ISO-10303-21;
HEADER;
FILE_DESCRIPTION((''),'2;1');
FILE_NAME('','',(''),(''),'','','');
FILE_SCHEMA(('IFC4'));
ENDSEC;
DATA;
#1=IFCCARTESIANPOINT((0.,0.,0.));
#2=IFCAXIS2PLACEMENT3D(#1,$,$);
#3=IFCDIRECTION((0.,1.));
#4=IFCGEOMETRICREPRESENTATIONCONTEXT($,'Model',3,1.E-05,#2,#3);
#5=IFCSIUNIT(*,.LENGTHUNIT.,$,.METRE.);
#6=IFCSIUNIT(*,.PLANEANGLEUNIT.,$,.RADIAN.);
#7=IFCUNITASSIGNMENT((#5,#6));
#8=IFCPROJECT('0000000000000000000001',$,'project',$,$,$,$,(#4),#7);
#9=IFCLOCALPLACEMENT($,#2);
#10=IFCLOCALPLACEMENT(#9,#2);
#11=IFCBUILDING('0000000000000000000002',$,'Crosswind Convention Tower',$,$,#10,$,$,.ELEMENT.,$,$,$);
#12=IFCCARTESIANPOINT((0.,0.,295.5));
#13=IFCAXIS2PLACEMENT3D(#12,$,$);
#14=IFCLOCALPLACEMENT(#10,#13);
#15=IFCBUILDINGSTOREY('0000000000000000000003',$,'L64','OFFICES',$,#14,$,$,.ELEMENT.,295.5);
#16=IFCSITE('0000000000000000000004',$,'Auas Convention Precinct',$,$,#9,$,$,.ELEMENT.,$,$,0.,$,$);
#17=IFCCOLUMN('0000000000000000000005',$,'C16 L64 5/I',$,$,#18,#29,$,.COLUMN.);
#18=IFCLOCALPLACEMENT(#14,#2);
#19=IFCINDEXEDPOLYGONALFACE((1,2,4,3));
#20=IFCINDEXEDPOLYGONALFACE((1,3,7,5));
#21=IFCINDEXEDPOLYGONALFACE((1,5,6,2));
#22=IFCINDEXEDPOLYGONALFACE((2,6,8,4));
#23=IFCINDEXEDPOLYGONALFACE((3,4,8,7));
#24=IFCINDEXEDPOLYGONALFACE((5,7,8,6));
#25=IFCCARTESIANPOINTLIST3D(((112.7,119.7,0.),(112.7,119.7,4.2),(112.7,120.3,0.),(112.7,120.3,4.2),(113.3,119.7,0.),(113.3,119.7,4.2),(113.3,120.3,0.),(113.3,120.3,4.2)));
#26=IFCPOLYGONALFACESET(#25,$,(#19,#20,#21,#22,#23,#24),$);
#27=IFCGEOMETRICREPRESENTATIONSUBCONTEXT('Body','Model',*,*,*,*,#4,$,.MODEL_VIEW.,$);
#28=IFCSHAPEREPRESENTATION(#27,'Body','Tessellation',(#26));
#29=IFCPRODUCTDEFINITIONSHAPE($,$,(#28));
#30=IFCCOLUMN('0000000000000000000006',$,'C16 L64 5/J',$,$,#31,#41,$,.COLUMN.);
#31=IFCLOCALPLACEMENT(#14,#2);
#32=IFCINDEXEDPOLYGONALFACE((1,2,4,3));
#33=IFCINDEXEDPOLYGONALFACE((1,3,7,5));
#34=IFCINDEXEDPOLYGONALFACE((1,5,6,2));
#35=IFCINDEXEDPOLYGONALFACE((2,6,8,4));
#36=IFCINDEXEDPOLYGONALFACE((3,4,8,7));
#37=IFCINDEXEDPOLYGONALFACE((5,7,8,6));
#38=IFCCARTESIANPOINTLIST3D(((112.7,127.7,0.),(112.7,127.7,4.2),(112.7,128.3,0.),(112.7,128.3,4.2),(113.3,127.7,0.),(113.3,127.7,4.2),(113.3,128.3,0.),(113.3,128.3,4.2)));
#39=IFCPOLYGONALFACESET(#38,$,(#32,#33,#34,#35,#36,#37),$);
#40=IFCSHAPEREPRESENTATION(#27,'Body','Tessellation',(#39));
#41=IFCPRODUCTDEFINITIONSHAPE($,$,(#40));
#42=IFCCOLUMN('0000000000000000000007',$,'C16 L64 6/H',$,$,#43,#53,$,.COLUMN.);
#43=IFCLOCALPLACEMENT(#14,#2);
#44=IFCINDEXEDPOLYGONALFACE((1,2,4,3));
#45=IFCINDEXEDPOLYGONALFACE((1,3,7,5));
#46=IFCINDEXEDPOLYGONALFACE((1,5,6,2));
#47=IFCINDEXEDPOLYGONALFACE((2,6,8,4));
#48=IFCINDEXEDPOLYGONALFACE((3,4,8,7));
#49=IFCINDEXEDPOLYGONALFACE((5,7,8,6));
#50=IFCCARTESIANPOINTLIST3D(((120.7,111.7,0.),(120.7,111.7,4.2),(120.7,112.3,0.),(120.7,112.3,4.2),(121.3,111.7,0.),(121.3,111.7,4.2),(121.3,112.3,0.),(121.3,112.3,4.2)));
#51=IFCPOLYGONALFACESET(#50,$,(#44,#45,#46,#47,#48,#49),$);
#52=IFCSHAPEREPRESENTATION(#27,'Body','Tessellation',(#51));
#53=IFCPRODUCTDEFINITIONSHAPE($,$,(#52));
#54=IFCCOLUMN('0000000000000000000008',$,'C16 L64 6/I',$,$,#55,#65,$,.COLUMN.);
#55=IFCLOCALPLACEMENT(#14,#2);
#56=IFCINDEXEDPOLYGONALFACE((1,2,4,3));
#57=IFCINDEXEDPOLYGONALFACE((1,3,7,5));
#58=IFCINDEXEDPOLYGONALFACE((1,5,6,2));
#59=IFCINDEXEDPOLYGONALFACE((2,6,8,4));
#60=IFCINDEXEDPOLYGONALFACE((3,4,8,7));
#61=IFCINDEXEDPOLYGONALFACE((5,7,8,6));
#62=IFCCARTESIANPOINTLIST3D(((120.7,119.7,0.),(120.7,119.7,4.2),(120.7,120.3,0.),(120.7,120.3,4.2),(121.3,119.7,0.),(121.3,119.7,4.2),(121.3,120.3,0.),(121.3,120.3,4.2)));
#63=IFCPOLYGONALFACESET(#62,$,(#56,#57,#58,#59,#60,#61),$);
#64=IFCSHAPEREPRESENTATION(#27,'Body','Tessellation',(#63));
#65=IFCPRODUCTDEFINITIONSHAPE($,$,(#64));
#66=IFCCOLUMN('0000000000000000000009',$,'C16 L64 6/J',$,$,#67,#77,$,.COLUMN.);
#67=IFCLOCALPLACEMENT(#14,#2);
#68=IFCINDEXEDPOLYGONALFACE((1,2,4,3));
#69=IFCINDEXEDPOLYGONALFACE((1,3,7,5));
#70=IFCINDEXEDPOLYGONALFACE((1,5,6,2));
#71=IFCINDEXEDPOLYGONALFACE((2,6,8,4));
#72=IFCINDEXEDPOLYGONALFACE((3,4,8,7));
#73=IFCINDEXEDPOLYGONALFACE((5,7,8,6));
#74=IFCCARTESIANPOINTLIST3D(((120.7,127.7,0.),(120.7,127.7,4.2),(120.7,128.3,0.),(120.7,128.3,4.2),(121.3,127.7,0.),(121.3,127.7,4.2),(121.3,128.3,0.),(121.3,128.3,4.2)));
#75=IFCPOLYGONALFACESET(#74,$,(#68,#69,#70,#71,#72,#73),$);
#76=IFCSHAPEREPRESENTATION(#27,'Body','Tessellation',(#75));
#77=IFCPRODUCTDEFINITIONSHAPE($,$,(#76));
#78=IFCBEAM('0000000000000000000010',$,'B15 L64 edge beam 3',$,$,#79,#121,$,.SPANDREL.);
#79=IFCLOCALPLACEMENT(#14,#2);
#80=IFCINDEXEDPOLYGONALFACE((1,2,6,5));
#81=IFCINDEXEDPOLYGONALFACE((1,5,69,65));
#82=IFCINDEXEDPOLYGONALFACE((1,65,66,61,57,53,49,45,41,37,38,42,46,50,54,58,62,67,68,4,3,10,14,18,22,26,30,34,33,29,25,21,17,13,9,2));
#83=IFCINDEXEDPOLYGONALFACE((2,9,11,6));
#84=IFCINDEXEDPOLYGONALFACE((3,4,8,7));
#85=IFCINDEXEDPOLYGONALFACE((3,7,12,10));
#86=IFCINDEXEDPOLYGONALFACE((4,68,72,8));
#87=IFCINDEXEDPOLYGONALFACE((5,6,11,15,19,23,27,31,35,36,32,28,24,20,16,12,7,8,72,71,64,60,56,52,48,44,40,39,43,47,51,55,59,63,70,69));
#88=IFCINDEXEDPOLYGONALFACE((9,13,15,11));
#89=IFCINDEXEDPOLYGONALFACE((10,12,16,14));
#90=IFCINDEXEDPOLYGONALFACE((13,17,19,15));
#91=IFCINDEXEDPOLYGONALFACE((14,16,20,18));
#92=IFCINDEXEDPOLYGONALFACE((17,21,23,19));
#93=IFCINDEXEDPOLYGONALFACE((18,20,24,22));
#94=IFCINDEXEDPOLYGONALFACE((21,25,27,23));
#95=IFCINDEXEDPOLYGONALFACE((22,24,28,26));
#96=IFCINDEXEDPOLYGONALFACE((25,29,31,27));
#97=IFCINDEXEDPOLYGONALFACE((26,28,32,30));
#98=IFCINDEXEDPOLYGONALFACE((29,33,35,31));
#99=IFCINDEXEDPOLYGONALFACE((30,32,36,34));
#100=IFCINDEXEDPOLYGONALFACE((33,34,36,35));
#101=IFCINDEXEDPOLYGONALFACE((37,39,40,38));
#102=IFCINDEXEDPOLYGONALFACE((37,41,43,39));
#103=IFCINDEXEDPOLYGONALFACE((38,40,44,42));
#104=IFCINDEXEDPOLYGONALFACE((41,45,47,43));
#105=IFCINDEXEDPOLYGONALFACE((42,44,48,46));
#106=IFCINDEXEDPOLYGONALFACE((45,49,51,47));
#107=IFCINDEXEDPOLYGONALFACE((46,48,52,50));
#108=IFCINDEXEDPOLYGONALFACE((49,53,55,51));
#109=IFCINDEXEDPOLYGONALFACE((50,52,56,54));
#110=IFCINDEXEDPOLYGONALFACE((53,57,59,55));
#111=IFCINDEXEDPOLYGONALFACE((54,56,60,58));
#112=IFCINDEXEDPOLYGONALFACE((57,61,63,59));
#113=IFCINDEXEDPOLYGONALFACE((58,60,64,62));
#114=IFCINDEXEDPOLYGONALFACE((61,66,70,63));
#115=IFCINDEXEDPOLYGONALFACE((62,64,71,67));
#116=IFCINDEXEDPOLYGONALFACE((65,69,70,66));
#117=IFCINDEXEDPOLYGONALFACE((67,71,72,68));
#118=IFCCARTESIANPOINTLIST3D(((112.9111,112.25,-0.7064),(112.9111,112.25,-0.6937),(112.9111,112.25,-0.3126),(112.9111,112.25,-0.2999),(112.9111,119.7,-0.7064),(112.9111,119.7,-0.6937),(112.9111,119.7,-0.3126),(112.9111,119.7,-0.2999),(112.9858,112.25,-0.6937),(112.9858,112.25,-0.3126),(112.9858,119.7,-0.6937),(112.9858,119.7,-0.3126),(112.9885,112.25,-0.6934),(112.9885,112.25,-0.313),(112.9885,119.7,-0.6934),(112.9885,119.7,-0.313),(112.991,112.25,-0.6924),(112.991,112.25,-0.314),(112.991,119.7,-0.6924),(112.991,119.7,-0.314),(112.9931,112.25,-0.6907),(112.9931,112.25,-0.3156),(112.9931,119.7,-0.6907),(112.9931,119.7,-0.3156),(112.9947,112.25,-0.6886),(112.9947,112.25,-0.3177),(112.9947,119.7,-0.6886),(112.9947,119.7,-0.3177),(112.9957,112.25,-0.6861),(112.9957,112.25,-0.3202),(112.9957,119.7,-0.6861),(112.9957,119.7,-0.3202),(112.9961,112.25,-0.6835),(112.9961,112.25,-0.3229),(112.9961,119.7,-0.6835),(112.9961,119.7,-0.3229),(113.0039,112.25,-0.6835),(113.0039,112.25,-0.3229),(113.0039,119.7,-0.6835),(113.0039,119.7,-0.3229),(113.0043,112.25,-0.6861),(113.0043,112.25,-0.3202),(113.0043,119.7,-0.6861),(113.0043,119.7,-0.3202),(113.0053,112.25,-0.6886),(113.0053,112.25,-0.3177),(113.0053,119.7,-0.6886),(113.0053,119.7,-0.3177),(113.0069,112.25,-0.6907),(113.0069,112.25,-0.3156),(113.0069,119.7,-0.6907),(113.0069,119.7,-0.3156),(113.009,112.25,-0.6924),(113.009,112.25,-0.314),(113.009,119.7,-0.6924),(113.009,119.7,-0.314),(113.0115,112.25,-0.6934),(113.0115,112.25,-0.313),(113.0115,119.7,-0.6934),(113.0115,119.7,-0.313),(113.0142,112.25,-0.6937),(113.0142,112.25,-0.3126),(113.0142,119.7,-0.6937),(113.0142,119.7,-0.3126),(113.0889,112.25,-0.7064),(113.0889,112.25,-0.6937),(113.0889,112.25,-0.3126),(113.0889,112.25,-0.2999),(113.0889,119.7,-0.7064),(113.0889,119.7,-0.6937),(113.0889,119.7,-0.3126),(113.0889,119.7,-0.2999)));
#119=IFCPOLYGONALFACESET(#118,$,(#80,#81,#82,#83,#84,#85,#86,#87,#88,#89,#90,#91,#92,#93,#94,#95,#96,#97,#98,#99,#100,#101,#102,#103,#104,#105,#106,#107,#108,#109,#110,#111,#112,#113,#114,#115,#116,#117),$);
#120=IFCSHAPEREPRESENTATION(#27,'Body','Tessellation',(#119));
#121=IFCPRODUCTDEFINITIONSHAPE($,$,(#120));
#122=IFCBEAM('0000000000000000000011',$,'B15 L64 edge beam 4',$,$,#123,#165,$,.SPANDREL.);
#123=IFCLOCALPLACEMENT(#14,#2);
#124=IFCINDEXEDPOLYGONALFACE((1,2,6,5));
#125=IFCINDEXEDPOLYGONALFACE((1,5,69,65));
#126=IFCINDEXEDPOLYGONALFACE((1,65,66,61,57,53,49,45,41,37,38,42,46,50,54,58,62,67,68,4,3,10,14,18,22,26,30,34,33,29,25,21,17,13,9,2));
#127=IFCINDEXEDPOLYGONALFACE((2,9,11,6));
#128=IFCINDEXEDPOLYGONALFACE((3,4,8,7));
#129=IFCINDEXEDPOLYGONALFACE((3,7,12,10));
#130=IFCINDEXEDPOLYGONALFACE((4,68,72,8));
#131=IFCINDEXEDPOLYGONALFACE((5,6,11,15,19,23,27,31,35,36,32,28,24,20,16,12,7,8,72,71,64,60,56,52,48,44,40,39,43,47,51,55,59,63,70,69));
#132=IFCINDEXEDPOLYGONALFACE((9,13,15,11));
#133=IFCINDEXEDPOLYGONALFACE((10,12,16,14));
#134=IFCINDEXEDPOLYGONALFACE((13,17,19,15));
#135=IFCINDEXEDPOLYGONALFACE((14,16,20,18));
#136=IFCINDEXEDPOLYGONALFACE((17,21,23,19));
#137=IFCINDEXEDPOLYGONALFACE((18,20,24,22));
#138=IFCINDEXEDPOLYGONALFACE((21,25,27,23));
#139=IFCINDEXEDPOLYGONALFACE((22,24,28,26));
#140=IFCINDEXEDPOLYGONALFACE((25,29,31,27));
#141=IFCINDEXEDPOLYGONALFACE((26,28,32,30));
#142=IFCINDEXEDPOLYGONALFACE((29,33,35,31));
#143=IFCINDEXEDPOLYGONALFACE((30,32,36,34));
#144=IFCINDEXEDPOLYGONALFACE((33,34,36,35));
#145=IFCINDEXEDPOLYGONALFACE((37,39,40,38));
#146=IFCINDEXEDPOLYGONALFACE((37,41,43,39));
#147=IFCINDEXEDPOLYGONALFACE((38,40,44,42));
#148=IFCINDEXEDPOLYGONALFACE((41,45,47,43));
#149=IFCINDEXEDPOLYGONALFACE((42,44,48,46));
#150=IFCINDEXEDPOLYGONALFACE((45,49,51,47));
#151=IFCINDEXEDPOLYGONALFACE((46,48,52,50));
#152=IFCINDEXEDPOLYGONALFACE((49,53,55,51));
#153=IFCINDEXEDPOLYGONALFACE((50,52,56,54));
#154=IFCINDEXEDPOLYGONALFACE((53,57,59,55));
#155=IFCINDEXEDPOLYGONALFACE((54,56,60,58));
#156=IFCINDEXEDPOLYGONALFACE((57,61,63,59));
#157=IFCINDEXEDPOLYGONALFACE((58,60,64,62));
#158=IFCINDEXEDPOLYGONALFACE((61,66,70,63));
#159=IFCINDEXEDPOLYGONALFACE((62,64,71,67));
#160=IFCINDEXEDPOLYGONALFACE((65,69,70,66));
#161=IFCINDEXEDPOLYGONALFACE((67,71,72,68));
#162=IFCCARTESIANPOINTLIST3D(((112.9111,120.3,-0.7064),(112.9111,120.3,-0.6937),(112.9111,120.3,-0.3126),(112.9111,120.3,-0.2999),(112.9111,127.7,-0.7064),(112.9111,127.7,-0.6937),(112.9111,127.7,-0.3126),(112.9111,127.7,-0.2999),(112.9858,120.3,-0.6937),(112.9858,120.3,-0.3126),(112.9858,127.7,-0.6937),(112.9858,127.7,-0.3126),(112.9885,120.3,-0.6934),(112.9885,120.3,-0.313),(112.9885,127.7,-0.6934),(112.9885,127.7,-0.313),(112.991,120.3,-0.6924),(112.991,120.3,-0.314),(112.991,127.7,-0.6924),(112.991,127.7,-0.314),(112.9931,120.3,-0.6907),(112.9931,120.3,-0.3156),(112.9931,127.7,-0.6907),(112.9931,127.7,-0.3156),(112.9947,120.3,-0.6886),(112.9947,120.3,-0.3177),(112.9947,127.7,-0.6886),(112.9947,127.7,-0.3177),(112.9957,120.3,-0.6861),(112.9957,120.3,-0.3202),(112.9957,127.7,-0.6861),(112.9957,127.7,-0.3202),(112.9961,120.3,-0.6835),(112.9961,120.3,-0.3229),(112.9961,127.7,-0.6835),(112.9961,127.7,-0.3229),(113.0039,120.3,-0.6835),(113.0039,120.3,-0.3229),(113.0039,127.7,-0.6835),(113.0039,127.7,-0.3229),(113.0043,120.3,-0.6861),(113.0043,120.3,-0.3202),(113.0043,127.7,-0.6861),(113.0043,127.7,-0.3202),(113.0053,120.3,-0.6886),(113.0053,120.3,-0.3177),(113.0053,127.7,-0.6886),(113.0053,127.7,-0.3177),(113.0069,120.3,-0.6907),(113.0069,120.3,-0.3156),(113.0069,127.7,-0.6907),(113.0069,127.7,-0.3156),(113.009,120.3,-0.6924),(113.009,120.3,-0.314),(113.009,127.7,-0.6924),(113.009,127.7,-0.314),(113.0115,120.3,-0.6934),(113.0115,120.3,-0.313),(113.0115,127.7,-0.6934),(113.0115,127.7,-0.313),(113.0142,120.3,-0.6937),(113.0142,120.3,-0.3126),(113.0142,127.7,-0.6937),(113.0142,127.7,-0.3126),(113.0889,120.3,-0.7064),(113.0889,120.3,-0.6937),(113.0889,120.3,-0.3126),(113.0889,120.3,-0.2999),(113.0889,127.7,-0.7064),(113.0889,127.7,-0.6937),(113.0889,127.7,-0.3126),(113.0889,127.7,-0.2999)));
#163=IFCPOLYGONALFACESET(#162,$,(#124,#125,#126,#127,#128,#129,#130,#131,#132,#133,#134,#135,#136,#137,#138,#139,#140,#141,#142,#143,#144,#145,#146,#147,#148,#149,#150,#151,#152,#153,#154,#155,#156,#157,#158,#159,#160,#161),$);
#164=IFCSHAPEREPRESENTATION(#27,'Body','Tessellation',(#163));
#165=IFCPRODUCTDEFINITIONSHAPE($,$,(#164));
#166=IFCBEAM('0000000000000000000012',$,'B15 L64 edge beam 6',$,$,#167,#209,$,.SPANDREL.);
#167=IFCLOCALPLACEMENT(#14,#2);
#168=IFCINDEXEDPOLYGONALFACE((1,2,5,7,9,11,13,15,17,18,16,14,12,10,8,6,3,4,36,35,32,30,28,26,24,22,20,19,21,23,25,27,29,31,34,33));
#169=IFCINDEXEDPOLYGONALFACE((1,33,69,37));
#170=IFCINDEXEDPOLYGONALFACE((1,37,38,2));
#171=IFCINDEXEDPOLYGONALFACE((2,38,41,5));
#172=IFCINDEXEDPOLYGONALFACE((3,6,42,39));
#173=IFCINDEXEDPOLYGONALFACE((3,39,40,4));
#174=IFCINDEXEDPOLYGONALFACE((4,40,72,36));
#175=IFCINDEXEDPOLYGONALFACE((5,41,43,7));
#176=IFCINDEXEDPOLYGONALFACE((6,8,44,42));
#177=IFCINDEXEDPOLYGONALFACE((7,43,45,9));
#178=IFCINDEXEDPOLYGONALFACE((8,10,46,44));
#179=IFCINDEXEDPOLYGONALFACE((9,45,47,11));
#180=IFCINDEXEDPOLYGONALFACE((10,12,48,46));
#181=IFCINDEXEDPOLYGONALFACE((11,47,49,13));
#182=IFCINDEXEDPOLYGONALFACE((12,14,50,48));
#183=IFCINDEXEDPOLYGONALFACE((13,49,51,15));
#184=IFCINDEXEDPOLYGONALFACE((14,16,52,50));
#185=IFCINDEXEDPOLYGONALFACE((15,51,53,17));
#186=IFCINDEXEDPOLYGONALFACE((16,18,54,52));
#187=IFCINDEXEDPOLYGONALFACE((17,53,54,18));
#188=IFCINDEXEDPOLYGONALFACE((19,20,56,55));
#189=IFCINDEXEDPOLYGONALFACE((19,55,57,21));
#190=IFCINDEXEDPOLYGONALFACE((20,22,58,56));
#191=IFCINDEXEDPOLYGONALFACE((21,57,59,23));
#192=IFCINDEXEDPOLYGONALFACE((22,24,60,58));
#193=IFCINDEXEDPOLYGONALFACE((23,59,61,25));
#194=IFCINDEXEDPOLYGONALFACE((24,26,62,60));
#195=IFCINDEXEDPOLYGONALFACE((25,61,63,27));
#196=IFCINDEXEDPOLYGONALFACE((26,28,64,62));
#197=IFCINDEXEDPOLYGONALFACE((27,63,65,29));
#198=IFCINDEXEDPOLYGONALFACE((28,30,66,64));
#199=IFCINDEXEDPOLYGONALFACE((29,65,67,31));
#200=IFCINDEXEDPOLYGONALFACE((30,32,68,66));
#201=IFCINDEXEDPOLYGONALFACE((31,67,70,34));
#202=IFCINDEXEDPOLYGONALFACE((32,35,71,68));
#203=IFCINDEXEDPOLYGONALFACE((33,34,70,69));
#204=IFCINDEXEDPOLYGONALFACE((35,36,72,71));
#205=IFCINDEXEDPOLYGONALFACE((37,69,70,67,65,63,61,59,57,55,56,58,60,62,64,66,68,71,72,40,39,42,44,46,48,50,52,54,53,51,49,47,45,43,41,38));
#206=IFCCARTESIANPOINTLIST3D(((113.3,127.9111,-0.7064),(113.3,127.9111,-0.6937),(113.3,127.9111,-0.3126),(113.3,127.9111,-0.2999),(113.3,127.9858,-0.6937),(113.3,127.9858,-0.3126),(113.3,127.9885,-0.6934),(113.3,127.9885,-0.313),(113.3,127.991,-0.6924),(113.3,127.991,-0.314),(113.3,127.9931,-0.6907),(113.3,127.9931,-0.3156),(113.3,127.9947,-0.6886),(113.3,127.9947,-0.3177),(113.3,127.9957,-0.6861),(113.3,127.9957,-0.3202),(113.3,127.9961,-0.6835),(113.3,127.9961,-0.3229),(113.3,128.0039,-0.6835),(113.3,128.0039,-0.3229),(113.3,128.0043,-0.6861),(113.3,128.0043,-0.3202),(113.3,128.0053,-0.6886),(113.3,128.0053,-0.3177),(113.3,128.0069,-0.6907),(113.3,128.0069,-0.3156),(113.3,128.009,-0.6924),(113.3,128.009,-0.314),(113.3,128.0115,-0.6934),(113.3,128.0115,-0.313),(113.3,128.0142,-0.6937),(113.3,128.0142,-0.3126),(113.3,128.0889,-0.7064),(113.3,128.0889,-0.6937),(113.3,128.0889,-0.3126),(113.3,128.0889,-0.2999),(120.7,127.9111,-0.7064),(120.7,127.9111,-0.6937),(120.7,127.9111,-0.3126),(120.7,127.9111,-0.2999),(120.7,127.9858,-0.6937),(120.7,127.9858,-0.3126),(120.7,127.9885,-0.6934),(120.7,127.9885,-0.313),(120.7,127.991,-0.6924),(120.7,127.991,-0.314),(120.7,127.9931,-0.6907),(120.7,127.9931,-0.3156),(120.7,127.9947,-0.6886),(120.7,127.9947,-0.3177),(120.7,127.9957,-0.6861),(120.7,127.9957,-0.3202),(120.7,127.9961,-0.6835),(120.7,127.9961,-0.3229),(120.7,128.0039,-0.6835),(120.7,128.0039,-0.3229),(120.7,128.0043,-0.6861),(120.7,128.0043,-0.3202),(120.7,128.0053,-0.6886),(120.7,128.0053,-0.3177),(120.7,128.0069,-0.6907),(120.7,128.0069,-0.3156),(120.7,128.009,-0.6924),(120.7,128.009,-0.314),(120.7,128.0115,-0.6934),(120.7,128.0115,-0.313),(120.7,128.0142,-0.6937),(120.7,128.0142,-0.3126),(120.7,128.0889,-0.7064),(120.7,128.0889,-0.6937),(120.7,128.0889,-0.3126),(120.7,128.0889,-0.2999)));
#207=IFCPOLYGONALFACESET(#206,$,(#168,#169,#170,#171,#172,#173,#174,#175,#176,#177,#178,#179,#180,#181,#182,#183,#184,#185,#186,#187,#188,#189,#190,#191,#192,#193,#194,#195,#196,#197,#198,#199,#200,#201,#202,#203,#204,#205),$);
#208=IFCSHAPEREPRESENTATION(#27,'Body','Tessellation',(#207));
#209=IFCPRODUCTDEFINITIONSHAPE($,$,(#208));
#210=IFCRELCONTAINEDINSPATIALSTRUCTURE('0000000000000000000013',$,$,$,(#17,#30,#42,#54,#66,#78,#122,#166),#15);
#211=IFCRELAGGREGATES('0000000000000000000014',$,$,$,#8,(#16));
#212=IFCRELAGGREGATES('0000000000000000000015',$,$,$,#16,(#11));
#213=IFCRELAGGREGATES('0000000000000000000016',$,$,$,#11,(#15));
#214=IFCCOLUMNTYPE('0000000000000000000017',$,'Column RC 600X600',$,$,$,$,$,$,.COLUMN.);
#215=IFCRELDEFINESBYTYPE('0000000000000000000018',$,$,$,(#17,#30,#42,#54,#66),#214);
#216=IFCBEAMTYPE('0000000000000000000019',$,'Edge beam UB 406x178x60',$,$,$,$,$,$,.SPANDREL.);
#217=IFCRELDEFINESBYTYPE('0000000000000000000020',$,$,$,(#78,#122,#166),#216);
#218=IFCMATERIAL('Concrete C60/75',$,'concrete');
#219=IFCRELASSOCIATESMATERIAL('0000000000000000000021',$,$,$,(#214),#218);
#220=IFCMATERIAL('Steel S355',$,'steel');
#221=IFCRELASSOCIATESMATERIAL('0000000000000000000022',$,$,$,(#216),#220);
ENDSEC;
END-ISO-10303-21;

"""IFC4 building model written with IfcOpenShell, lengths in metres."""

from ifc_helpers import new_model, si_unit, direction, frame, origin, origin_2d, place, context, subcontext, project, spatial, rectangle, i_section, extrude, material, material_profile, profile_set, type_object, element, save


model = new_model("IFC4")

# Units and contexts
model_context = context("Model", 3, precision=1e-05, world=origin(), true_north=direction((0.0, 1.0)))
body_context = subcontext(model_context, "Body", "Model", "MODEL_VIEW")
ifc_project = project(units=[si_unit("LENGTHUNIT", "METRE"), si_unit("PLANEANGLEUNIT", "RADIAN")], contexts=[model_context])

# Site, building, storey
site_placement = place(None, origin())
site = spatial("IfcSite", under=ifc_project, at=site_placement, Name="Auas Convention Precinct", CompositionType="ELEMENT", RefElevation=0.0)
building_placement = place(site_placement, origin())
building = spatial("IfcBuilding", under=site, at=building_placement, Name="Crosswind Convention Tower", CompositionType="ELEMENT")
storey_placement = place(building_placement, frame((0.0, 0.0, 295.5)))
storey = spatial("IfcBuildingStorey", under=building, at=storey_placement, Name="L64", Description="OFFICES", CompositionType="ELEMENT", Elevation=295.5)

# Columns
ifc_material_1 = material(Name="Concrete C60/75", Category="concrete")
ifc_material_profile_1 = material_profile(ifc_material_1, rectangle(XDim=0.6001, YDim=0.6001, at=origin_2d()), Name="RC 600X600")
ifc_profile_set_1 = profile_set([ifc_material_profile_1], Name="Concrete C60/75")
column_type = type_object("IfcColumnType", Name="Column RC 600X600", PredefinedType="COLUMN", material=ifc_profile_set_1)
for number, where, z_axis, x_axis, name in (
    (1, (113.0, 120.0, 0.0), (0.0, 0.0, 1.0), (1.0, 0.0, 0.0), "C16 L64 5/I"),
    (2, (113.0, 128.0, 0.0), (0.0, 0.0, 1.0), (1.0, 0.0, 0.0), "C16 L64 5/J"),
    (3, (121.0, 112.0, 0.0), (0.0, 0.0, 1.0), (1.0, 0.0, 0.0), "C16 L64 6/H"),
    (4, (121.0, 120.0, 0.0), (0.0, 0.0, 1.0), (1.0, 0.0, 0.0), "C16 L64 6/I"),
    (5, (121.0, 128.0, 0.0), (0.0, 0.0, 1.0), (1.0, 0.0, 0.0), "C16 L64 6/J"),
):
    element("IfcColumn", number, at=place(storey_placement, frame(where, z_axis=z_axis, x_axis=x_axis)), inside=storey, type_object=column_type, Name=name, PredefinedType="COLUMN", context=body_context, shape_type="SweptSolid", body=[
        extrude(rectangle(XDim=0.6001, YDim=0.6001, at=origin_2d()), origin(), (0.0, 0.0, 1.0), 4.2),
    ])

# Beams
ifc_material_2 = material(Name="Steel S355", Category="steel")
ifc_material_profile_2 = material_profile(ifc_material_2, i_section(OverallWidth=0.1777, OverallDepth=0.4065, WebThickness=0.0078, FlangeThickness=0.0127, FilletRadius=0.0103, at=origin_2d()), Name="UB 406x178x60")
ifc_profile_set_2 = profile_set([ifc_material_profile_2], Name="Steel S355")
beam_type_1 = type_object("IfcBeamType", Name="Edge beam UB 406x178x60", PredefinedType="SPANDREL", material=ifc_profile_set_2)
beam_1_placement = place(storey_placement, frame((113.0, 112.25, -0.5032), z_axis=(0.0, 1.0, 0.0), x_axis=(-1.0, 0.0, 0.0)))
element("IfcBeam", 6, at=beam_1_placement, inside=storey, type_object=beam_type_1, Name="B15 L64 edge beam 3", PredefinedType="SPANDREL", context=body_context, shape_type="SweptSolid", body=[
    extrude(i_section(OverallWidth=0.1777, OverallDepth=0.4065, WebThickness=0.0078, FlangeThickness=0.0127, FilletRadius=0.0103, at=origin_2d()), origin(), (0.0, 0.0, 1.0), 7.45),
])
for number, where, z_axis, x_axis, name in (
    (7, (113.0, 120.3, -0.5032), (0.0, 1.0, 0.0), (-1.0, 0.0, 0.0), "B15 L64 edge beam 4"),
    (8, (113.3, 128.0, -0.5032), (1.0, 0.0, 0.0), (0.0, 1.0, 0.0), "B15 L64 edge beam 6"),
):
    element("IfcBeam", number, at=place(storey_placement, frame(where, z_axis=z_axis, x_axis=x_axis)), inside=storey, type_object=beam_type_1, Name=name, PredefinedType="SPANDREL", context=body_context, shape_type="SweptSolid", body=[
        extrude(i_section(OverallWidth=0.1777, OverallDepth=0.4065, WebThickness=0.0078, FlangeThickness=0.0127, FilletRadius=0.0103, at=origin_2d()), origin(), (0.0, 0.0, 1.0), 7.3999),
    ])

save(model, "model.ifc")
